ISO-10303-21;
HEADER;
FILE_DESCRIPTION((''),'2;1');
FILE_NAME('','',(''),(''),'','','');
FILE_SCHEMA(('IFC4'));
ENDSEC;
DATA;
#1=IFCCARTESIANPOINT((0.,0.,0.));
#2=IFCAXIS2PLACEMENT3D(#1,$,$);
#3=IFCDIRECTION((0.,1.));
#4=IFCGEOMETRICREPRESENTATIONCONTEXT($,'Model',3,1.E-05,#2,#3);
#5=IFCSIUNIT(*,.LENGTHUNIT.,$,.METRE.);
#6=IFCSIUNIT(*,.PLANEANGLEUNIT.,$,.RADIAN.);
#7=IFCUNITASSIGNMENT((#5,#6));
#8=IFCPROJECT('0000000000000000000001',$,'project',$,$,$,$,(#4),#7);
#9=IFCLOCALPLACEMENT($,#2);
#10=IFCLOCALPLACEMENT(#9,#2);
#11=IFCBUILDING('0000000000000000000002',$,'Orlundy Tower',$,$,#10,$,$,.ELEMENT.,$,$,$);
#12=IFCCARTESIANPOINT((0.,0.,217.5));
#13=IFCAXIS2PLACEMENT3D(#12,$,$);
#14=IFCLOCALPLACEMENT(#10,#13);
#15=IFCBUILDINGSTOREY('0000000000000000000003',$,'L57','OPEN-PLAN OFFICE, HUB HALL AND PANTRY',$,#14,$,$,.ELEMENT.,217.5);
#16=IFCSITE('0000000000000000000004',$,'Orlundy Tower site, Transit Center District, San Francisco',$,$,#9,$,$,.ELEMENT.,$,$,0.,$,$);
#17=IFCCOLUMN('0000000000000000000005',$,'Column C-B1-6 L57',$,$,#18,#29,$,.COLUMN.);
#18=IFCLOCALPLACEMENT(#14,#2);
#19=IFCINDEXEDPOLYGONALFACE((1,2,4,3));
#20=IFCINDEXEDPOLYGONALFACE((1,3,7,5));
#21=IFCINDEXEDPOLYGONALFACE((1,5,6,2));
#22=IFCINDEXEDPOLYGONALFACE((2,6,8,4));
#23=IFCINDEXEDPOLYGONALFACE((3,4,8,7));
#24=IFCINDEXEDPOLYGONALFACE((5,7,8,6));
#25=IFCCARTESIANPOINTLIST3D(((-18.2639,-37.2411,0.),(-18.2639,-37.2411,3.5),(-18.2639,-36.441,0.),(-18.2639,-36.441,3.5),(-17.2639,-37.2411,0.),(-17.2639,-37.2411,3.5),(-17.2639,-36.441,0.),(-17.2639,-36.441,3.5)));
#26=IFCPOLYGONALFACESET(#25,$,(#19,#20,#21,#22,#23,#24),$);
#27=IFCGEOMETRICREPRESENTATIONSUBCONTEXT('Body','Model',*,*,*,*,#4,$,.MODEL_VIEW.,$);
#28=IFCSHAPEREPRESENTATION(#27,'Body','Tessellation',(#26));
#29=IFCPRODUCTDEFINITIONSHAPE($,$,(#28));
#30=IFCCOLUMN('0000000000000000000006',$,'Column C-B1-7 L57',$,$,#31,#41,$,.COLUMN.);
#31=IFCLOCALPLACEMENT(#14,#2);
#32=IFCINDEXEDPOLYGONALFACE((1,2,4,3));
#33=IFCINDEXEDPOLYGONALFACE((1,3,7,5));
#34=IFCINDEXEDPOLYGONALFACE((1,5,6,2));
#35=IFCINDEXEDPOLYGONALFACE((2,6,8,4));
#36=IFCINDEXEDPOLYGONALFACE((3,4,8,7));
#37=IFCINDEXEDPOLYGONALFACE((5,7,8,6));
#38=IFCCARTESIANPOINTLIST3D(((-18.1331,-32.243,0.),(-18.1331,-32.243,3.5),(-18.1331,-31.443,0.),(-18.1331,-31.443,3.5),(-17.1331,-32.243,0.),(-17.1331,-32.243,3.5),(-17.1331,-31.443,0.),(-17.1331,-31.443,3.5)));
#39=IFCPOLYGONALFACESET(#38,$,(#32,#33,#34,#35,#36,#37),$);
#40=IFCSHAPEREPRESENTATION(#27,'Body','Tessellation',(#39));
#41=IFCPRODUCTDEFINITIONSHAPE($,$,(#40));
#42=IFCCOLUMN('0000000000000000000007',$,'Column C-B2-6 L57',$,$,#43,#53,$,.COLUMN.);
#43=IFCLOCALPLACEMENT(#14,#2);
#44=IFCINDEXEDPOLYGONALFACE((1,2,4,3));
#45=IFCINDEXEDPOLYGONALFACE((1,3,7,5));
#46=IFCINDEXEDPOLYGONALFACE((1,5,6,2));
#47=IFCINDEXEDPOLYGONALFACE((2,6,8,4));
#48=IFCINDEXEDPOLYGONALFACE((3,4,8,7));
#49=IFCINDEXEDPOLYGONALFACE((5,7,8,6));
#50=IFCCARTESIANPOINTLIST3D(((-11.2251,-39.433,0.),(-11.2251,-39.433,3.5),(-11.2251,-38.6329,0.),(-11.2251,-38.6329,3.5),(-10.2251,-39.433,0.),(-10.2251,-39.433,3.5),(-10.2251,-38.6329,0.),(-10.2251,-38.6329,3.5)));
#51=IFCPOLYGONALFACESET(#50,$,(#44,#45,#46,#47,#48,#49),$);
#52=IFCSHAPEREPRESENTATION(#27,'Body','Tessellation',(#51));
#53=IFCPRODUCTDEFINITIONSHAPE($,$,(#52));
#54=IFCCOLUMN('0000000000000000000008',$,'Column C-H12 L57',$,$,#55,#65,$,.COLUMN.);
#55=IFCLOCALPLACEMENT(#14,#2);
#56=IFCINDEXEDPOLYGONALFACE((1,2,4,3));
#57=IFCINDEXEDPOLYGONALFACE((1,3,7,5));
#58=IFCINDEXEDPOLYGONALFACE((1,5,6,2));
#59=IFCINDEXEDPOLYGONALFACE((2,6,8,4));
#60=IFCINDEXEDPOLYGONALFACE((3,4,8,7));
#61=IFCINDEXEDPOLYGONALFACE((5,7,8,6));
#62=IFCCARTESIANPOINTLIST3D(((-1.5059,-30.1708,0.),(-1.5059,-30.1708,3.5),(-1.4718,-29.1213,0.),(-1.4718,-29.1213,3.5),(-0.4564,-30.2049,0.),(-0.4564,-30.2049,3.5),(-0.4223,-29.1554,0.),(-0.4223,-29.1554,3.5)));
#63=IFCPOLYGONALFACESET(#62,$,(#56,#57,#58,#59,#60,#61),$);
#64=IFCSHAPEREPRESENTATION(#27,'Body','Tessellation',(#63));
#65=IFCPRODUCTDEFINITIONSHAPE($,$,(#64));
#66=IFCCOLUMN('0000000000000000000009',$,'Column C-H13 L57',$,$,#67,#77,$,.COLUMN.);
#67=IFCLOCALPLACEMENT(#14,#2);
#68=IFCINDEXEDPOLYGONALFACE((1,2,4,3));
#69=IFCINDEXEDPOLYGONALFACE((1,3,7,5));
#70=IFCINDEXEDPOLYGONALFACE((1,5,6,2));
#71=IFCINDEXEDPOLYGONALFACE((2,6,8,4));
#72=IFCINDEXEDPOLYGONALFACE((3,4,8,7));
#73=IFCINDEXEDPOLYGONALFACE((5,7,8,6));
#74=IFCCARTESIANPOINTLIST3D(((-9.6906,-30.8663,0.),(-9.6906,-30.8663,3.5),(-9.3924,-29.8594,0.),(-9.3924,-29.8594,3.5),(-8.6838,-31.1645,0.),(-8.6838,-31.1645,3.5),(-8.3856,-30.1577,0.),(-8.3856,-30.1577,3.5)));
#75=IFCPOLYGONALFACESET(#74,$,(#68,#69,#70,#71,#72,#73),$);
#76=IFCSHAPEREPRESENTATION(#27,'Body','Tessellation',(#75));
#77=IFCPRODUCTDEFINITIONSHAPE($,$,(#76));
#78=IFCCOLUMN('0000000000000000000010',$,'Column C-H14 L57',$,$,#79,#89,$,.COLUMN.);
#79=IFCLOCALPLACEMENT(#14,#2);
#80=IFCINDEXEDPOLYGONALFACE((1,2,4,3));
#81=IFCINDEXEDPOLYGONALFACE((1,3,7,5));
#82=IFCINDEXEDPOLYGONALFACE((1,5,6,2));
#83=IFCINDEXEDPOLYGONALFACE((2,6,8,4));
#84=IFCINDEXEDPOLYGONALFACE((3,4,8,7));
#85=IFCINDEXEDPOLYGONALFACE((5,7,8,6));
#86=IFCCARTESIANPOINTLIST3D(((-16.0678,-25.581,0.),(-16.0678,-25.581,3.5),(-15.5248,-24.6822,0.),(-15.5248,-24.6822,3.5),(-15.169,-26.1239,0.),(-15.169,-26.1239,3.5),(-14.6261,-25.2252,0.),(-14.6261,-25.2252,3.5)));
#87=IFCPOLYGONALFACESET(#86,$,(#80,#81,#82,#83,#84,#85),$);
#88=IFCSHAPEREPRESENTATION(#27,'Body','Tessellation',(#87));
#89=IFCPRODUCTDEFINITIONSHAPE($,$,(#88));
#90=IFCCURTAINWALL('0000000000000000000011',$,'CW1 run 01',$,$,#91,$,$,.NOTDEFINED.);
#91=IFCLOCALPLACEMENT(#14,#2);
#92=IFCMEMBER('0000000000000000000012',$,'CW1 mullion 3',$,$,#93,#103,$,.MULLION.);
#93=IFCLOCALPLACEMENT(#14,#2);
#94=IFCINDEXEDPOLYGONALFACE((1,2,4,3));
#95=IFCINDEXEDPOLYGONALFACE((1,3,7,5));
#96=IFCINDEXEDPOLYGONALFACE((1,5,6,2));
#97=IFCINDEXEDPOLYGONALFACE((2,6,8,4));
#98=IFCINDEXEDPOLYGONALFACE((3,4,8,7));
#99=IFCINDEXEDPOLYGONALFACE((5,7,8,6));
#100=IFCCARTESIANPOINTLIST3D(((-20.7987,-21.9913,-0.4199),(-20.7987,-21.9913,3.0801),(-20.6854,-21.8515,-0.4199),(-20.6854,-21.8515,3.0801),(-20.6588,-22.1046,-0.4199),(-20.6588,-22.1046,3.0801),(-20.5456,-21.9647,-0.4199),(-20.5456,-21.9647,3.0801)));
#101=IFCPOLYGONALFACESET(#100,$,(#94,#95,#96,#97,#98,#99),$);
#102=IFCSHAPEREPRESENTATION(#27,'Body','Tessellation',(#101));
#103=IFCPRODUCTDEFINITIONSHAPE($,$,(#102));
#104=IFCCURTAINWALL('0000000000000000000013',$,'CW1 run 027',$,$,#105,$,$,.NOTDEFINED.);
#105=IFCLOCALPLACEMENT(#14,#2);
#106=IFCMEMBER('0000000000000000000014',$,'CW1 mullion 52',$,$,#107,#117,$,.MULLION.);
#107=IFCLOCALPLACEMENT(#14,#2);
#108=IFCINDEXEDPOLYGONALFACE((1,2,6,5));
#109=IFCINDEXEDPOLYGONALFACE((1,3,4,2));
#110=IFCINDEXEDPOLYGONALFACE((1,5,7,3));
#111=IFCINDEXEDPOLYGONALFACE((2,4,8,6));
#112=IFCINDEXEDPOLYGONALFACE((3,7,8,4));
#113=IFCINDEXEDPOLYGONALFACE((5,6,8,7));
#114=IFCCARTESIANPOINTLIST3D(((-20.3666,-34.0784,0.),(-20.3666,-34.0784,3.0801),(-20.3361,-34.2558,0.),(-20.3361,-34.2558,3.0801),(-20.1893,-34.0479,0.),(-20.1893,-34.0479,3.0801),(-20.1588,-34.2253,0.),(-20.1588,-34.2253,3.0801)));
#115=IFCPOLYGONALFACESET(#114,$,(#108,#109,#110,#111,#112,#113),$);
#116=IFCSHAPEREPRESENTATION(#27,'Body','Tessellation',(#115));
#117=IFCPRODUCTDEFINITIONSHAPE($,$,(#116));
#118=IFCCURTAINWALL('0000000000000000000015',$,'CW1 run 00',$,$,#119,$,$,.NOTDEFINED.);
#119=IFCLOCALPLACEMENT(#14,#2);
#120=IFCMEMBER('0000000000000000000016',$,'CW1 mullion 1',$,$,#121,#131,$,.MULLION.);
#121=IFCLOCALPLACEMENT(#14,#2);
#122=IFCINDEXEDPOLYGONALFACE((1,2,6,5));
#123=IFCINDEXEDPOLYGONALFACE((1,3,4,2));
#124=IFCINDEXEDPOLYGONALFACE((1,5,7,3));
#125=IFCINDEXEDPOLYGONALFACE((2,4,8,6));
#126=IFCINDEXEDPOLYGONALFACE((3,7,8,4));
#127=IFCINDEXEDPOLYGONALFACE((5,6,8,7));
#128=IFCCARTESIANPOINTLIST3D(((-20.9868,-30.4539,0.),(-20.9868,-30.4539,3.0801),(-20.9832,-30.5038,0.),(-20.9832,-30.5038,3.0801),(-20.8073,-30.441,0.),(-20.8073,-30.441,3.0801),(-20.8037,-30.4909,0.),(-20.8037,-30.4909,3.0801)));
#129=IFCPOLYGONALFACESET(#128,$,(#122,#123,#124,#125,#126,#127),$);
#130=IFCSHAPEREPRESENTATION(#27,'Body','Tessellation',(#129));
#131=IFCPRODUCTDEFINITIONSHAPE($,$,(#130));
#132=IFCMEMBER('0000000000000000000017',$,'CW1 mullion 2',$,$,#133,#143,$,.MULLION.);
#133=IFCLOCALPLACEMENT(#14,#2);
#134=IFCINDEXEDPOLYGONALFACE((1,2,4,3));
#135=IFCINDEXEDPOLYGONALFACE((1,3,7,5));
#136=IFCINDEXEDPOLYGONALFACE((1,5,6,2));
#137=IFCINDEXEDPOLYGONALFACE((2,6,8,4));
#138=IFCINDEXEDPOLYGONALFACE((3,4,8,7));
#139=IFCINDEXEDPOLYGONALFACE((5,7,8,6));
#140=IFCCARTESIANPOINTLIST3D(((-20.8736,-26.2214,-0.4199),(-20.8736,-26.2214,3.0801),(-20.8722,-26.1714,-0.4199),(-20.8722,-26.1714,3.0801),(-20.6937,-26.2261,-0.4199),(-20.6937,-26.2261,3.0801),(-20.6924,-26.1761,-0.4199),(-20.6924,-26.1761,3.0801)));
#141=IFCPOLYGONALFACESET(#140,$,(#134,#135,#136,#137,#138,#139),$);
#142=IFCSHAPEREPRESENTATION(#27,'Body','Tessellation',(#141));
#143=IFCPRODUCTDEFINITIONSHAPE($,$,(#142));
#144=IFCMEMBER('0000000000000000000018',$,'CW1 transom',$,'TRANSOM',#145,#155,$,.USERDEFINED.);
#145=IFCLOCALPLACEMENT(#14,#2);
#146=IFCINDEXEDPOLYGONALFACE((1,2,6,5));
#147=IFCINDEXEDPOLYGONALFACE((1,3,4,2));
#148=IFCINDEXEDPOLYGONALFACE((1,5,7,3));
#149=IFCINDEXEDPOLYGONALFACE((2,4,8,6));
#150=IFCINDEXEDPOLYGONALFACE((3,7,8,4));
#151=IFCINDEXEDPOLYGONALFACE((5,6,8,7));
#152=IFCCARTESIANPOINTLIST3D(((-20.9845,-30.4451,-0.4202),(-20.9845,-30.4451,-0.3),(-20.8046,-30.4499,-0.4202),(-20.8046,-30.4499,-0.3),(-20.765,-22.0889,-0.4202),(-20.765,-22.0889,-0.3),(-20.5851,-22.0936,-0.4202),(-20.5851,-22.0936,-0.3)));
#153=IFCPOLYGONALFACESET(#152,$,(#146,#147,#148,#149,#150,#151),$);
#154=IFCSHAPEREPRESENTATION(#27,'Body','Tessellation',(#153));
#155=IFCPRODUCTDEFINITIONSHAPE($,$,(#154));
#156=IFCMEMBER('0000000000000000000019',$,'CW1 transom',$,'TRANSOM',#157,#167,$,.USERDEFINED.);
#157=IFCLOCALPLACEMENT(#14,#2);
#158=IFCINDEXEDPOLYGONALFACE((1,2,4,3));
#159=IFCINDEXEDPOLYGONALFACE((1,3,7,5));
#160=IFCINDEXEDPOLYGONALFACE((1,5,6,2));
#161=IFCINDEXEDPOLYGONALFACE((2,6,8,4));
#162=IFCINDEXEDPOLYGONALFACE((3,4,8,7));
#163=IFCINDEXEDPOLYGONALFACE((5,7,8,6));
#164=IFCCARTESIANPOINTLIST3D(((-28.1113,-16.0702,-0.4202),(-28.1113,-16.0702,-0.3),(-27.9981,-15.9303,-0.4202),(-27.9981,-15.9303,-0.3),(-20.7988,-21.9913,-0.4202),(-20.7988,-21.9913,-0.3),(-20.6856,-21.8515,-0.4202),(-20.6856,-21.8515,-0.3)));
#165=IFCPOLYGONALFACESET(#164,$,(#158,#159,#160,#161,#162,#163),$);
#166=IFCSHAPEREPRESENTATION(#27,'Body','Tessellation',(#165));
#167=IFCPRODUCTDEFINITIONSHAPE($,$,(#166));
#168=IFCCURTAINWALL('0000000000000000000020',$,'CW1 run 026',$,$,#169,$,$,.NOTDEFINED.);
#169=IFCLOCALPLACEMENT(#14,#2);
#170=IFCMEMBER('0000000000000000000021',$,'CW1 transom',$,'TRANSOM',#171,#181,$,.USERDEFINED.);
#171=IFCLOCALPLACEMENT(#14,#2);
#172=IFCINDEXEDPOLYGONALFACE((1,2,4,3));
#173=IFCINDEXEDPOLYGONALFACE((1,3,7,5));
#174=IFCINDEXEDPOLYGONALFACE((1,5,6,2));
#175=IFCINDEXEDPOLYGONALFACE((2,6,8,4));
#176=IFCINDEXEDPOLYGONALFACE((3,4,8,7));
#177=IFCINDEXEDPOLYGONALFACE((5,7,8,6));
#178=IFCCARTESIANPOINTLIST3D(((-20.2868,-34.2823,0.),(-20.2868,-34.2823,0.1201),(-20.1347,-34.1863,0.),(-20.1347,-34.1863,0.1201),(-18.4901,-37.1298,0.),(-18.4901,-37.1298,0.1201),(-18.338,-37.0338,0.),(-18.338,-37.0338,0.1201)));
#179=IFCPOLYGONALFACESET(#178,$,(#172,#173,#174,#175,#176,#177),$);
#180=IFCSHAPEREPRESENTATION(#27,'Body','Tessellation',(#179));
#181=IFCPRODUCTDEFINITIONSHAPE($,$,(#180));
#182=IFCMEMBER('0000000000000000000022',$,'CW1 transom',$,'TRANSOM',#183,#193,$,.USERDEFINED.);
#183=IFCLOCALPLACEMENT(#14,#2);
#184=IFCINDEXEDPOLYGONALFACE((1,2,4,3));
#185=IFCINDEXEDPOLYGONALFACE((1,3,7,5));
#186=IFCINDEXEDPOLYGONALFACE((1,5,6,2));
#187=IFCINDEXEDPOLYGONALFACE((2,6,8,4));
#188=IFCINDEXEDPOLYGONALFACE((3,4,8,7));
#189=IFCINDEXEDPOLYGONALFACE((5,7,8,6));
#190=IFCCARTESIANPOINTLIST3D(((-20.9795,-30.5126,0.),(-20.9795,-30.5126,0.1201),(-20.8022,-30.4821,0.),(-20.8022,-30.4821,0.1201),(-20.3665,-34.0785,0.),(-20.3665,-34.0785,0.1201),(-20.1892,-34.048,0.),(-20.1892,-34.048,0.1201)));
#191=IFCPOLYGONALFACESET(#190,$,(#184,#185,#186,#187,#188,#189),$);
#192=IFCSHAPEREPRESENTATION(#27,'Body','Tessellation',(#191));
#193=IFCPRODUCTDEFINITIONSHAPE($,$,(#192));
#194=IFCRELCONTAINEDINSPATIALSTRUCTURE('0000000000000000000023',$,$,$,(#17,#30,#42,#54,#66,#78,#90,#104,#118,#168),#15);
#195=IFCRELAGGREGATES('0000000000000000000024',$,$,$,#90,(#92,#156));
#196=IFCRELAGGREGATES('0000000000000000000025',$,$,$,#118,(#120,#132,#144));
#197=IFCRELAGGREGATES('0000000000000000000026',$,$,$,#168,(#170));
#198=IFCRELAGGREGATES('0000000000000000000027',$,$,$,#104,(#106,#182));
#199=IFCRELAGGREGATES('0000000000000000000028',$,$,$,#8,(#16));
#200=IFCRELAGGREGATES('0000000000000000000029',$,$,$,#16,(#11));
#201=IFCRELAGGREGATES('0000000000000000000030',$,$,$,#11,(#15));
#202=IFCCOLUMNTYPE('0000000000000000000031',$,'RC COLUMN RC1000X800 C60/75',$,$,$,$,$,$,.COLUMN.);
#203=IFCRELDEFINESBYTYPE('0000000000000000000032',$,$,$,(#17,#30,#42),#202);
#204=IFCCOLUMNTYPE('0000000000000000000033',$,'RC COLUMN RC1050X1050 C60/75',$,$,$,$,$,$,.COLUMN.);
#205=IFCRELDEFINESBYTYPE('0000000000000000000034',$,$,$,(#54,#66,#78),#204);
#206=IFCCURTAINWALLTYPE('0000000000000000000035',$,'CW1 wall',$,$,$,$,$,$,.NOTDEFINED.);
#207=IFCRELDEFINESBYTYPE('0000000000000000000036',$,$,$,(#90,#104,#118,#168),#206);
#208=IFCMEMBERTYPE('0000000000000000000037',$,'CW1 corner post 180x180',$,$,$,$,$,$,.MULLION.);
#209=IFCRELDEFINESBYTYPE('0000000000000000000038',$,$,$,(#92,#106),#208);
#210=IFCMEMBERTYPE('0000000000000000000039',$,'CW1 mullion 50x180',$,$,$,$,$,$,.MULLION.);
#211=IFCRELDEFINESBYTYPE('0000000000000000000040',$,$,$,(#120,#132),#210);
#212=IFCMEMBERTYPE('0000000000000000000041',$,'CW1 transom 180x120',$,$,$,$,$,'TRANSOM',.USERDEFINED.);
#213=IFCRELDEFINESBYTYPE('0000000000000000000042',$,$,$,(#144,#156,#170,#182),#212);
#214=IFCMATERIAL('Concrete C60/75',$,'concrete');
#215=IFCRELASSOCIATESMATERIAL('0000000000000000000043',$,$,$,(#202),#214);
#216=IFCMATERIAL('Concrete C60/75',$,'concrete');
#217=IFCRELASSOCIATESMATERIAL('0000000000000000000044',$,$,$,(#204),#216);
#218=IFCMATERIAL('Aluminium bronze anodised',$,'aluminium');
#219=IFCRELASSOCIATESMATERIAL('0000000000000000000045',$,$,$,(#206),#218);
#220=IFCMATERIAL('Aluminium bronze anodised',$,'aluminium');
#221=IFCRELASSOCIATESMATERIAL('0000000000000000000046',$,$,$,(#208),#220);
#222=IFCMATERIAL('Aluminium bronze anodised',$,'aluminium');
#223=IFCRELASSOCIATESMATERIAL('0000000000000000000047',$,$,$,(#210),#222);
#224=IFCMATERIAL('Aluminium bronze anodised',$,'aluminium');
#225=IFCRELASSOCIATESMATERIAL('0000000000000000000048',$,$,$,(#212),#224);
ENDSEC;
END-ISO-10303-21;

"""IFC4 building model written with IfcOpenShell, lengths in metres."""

from ifc_helpers import new_model, si_unit, direction, frame, origin, origin_2d, place, context, subcontext, project, spatial, rectangle, extrude, material, material_profile, profile_set, type_object, element, aggregate, save


model = new_model("IFC4")

# Units and contexts
model_context = context("Model", 3, precision=1e-05, world=origin(), true_north=direction((0.0, 1.0)))
body_context = subcontext(model_context, "Body", "Model", "MODEL_VIEW")
ifc_project = project(units=[si_unit("LENGTHUNIT", "METRE"), si_unit("PLANEANGLEUNIT", "RADIAN")], contexts=[model_context])

# Site, building, storey
site_placement = place(None, origin())
site = spatial("IfcSite", under=ifc_project, at=site_placement, Name="Orlundy Tower site, Transit Center District, San Francisco", CompositionType="ELEMENT", RefElevation=0.0)
building_placement = place(site_placement, origin())
building = spatial("IfcBuilding", under=site, at=building_placement, Name="Orlundy Tower", CompositionType="ELEMENT")
storey_placement = place(building_placement, frame((0.0, 0.0, 217.5)))
storey = spatial("IfcBuildingStorey", under=building, at=storey_placement, Name="L57", Description="OPEN-PLAN OFFICE, HUB HALL AND PANTRY", CompositionType="ELEMENT", Elevation=217.5)

# Columns
ifc_material_1 = material(Name="Concrete C60/75", Category="concrete")
ifc_material_profile_1 = material_profile(ifc_material_1, rectangle(XDim=1.0, YDim=0.8, at=origin_2d()), Name="RC1000X800")
ifc_profile_set_1 = profile_set([ifc_material_profile_1], Name="Concrete C60/75")
column_type_1 = type_object("IfcColumnType", Name="RC COLUMN RC1000X800 C60/75", PredefinedType="COLUMN", material=ifc_profile_set_1)
for number, where, z_axis, x_axis, name in (
    (1, (-17.7639, -36.8411, 0.0), (0.0, 0.0, 1.0), (1.0, 0.0, 0.0), "Column C-B1-6 L57"),
    (2, (-17.6331, -31.843, 0.0), (0.0, 0.0, 1.0), (1.0, 0.0, 0.0), "Column C-B1-7 L57"),
    (3, (-10.7251, -39.033, 0.0), (0.0, 0.0, 1.0), (1.0, 0.0, 0.0), "Column C-B2-6 L57"),
):
    element("IfcColumn", number, at=place(storey_placement, frame(where, z_axis=z_axis, x_axis=x_axis)), inside=storey, type_object=column_type_1, Name=name, PredefinedType="COLUMN", context=body_context, shape_type="SweptSolid", body=[
        extrude(rectangle(XDim=1.0, YDim=0.8, at=origin_2d()), origin(), (0.0, 0.0, 1.0), 3.5),
    ])
ifc_material_2 = material(Name="Concrete C60/75", Category="concrete")
ifc_material_profile_2 = material_profile(ifc_material_2, rectangle(XDim=1.05, YDim=1.05, at=origin_2d()), Name="RC1050X1050")
ifc_profile_set_2 = profile_set([ifc_material_profile_2], Name="Concrete C60/75")
column_type_2 = type_object("IfcColumnType", Name="RC COLUMN RC1050X1050 C60/75", PredefinedType="COLUMN", material=ifc_profile_set_2)
for number, where, z_axis, x_axis, name in (
    (4, (-0.9641, -29.6631, 0.0), (0.0, 0.0, 1.0), (-0.032475, -0.999473, 0.0), "Column C-H12 L57"),
    (5, (-9.0381, -30.512, 0.0), (0.0, 0.0, 1.0), (-0.284015, -0.95882, 0.0), "Column C-H13 L57"),
    (6, (-15.3469, -25.4031, 0.0), (0.0, 0.0, 1.0), (-0.517101, -0.855924, 0.0), "Column C-H14 L57"),
):
    element("IfcColumn", number, at=place(storey_placement, frame(where, z_axis=z_axis, x_axis=x_axis)), inside=storey, type_object=column_type_2, Name=name, PredefinedType="COLUMN", context=body_context, shape_type="SweptSolid", body=[
        extrude(rectangle(XDim=1.05, YDim=1.05, at=origin_2d()), origin(), (0.0, 0.0, 1.0), 3.5),
    ])

# Curtain walls, members
ifc_material_3 = material(Name="Aluminium bronze anodised", Category="aluminium")
curtain_wall_type = type_object("IfcCurtainWallType", Name="CW1 wall", PredefinedType="NOTDEFINED", material=ifc_material_3)
curtain_wall_1_placement = place(storey_placement, origin())
curtain_wall_1 = element("IfcCurtainWall", 7, at=curtain_wall_1_placement, inside=storey, type_object=curtain_wall_type, Name="CW1 run 01", PredefinedType="NOTDEFINED")
ifc_material_4 = material(Name="Aluminium bronze anodised", Category="aluminium")
ifc_material_profile_3 = material_profile(ifc_material_4, rectangle(XDim=0.1799, YDim=0.1799, at=origin_2d()), Name="CW1 corner post 180x180")
ifc_profile_set_3 = profile_set([ifc_material_profile_3], Name="Aluminium bronze anodised")
member_type_1 = type_object("IfcMemberType", Name="CW1 corner post 180x180", PredefinedType="MULLION", material=ifc_profile_set_3)
member_1_placement = place(storey_placement, frame((-20.6721, -21.978, -0.4199), z_axis=(0.0, 0.0, 1.0), x_axis=(-0.629283, -0.777177, 0.0)))
member_1 = element("IfcMember", 8, at=member_1_placement, type_object=member_type_1, Name="CW1 mullion 3", PredefinedType="MULLION", context=body_context, shape_type="SweptSolid", body=[
    extrude(rectangle(XDim=0.1799, YDim=0.1799, at=origin_2d()), origin(), (0.0, 0.0, 1.0), 3.5),
])
curtain_wall_2_placement = place(storey_placement, origin())
curtain_wall_2 = element("IfcCurtainWall", 9, at=curtain_wall_2_placement, inside=storey, type_object=curtain_wall_type, Name="CW1 run 027", PredefinedType="NOTDEFINED")
member_2_placement = place(storey_placement, frame((-20.2627, -34.1519, 0.0), z_axis=(0.0, 0.0, 1.0), x_axis=(-0.985543, -0.169428, 0.0)))
member_2 = element("IfcMember", 10, at=member_2_placement, type_object=member_type_1, Name="CW1 mullion 52", PredefinedType="MULLION", context=body_context, shape_type="SweptSolid", body=[
    extrude(rectangle(XDim=0.1799, YDim=0.1799, at=origin_2d()), origin(), (0.0, 0.0, 1.0), 3.0801),
])

# Curtain wall, members
curtain_wall_3_placement = place(storey_placement, origin())
curtain_wall_3 = element("IfcCurtainWall", 11, at=curtain_wall_3_placement, inside=storey, type_object=curtain_wall_type, Name="CW1 run 00", PredefinedType="NOTDEFINED")
ifc_material_5 = material(Name="Aluminium bronze anodised", Category="aluminium")
ifc_material_profile_4 = material_profile(ifc_material_5, rectangle(XDim=0.1799, YDim=0.05, at=origin_2d()), Name="CW1 mullion 50x180")
ifc_profile_set_4 = profile_set([ifc_material_profile_4], Name="Aluminium bronze anodised")
member_type_2 = type_object("IfcMemberType", Name="CW1 mullion 50x180", PredefinedType="MULLION", material=ifc_profile_set_4)
member_3_placement = place(storey_placement, frame((-20.8953, -30.4724, 0.0), z_axis=(0.0, 0.0, 1.0), x_axis=(-0.997409, -0.071935, 0.0)))
member_3 = element("IfcMember", 12, at=member_3_placement, type_object=member_type_2, Name="CW1 mullion 1", PredefinedType="MULLION", context=body_context, shape_type="SweptSolid", body=[
    extrude(rectangle(XDim=0.1799, YDim=0.05, at=origin_2d()), origin(), (0.0, 0.0, 1.0), 3.0801),
])
member_4_placement = place(storey_placement, frame((-20.783, -26.1987, -0.4199), z_axis=(0.0, 0.0, 1.0), x_axis=(-0.999655, 0.026251, 0.0)))
member_4 = element("IfcMember", 13, at=member_4_placement, type_object=member_type_2, Name="CW1 mullion 2", PredefinedType="MULLION", context=body_context, shape_type="SweptSolid", body=[
    extrude(rectangle(XDim=0.1799, YDim=0.05, at=origin_2d()), origin(), (0.0, 0.0, 1.0), 3.5),
])
ifc_material_6 = material(Name="Aluminium bronze anodised", Category="aluminium")
ifc_material_profile_5 = material_profile(ifc_material_6, rectangle(XDim=0.1799, YDim=0.1201, at=origin_2d()), Name="CW1 transom 180x120")
ifc_profile_set_5 = profile_set([ifc_material_profile_5], Name="Aluminium bronze anodised")
member_type_3 = type_object("IfcMemberType", Name="CW1 transom 180x120", ElementType="TRANSOM", PredefinedType="USERDEFINED", material=ifc_profile_set_5)
member_5_placement = place(storey_placement, frame((-20.8945, -30.4475, -0.3601), z_axis=(0.026257, 0.999655, 0.0), x_axis=(-0.999655, 0.026257, 0.0)))
member_5 = element("IfcMember", 14, at=member_5_placement, type_object=member_type_3, Name="CW1 transom", ObjectType="TRANSOM", PredefinedType="USERDEFINED", context=body_context, shape_type="SweptSolid", body=[
    extrude(rectangle(XDim=0.1799, YDim=0.1201, at=origin_2d()), origin(), (0.0, 0.0, 1.0), 8.3591),
])

# Member
member_6_placement = place(storey_placement, frame((-20.7422, -21.9214, -0.3601), z_axis=(-0.777167, 0.629295, 0.0), x_axis=(-0.629295, -0.777167, 0.0)))
member_6 = element("IfcMember", 15, at=member_6_placement, type_object=member_type_3, Name="CW1 transom", ObjectType="TRANSOM", PredefinedType="USERDEFINED", context=body_context, shape_type="SweptSolid", body=[
    extrude(rectangle(XDim=0.1799, YDim=0.1201, at=origin_2d()), origin(), (0.0, 0.0, 1.0), 9.4092),
])
aggregate(curtain_wall_1, [member_1, member_6])

# Curtain wall, member
curtain_wall_4_placement = place(storey_placement, origin())
curtain_wall_4 = element("IfcCurtainWall", 16, at=curtain_wall_4_placement, inside=storey, type_object=curtain_wall_type, Name="CW1 run 026", PredefinedType="NOTDEFINED")
member_7_placement = place(storey_placement, frame((-18.4141, -37.0818, 0.0601), z_axis=(-0.533625, 0.845721, 0.0), x_axis=(-0.845721, -0.533625, 0.0)))
member_7 = element("IfcMember", 17, at=member_7_placement, type_object=member_type_3, Name="CW1 transom", ObjectType="TRANSOM", PredefinedType="USERDEFINED", context=body_context, shape_type="SweptSolid", body=[
    extrude(rectangle(XDim=0.1799, YDim=0.1201, at=origin_2d()), origin(), (0.0, 0.0, 1.0), 3.3669),
])

# Member
member_8_placement = place(storey_placement, frame((-20.2778, -34.0632, 0.0601), z_axis=(-0.16943, 0.985542, 0.0), x_axis=(-0.985542, -0.16943, 0.0)))
member_8 = element("IfcMember", 18, at=member_8_placement, type_object=member_type_3, Name="CW1 transom", ObjectType="TRANSOM", PredefinedType="USERDEFINED", context=body_context, shape_type="SweptSolid", body=[
    extrude(rectangle(XDim=0.1799, YDim=0.1201, at=origin_2d()), origin(), (0.0, 0.0, 1.0), 3.6182),
])

aggregate(curtain_wall_3, [member_3, member_4, member_5])

aggregate(curtain_wall_4, [member_7])
aggregate(curtain_wall_2, [member_2, member_8])

save(model, "model.ifc")
